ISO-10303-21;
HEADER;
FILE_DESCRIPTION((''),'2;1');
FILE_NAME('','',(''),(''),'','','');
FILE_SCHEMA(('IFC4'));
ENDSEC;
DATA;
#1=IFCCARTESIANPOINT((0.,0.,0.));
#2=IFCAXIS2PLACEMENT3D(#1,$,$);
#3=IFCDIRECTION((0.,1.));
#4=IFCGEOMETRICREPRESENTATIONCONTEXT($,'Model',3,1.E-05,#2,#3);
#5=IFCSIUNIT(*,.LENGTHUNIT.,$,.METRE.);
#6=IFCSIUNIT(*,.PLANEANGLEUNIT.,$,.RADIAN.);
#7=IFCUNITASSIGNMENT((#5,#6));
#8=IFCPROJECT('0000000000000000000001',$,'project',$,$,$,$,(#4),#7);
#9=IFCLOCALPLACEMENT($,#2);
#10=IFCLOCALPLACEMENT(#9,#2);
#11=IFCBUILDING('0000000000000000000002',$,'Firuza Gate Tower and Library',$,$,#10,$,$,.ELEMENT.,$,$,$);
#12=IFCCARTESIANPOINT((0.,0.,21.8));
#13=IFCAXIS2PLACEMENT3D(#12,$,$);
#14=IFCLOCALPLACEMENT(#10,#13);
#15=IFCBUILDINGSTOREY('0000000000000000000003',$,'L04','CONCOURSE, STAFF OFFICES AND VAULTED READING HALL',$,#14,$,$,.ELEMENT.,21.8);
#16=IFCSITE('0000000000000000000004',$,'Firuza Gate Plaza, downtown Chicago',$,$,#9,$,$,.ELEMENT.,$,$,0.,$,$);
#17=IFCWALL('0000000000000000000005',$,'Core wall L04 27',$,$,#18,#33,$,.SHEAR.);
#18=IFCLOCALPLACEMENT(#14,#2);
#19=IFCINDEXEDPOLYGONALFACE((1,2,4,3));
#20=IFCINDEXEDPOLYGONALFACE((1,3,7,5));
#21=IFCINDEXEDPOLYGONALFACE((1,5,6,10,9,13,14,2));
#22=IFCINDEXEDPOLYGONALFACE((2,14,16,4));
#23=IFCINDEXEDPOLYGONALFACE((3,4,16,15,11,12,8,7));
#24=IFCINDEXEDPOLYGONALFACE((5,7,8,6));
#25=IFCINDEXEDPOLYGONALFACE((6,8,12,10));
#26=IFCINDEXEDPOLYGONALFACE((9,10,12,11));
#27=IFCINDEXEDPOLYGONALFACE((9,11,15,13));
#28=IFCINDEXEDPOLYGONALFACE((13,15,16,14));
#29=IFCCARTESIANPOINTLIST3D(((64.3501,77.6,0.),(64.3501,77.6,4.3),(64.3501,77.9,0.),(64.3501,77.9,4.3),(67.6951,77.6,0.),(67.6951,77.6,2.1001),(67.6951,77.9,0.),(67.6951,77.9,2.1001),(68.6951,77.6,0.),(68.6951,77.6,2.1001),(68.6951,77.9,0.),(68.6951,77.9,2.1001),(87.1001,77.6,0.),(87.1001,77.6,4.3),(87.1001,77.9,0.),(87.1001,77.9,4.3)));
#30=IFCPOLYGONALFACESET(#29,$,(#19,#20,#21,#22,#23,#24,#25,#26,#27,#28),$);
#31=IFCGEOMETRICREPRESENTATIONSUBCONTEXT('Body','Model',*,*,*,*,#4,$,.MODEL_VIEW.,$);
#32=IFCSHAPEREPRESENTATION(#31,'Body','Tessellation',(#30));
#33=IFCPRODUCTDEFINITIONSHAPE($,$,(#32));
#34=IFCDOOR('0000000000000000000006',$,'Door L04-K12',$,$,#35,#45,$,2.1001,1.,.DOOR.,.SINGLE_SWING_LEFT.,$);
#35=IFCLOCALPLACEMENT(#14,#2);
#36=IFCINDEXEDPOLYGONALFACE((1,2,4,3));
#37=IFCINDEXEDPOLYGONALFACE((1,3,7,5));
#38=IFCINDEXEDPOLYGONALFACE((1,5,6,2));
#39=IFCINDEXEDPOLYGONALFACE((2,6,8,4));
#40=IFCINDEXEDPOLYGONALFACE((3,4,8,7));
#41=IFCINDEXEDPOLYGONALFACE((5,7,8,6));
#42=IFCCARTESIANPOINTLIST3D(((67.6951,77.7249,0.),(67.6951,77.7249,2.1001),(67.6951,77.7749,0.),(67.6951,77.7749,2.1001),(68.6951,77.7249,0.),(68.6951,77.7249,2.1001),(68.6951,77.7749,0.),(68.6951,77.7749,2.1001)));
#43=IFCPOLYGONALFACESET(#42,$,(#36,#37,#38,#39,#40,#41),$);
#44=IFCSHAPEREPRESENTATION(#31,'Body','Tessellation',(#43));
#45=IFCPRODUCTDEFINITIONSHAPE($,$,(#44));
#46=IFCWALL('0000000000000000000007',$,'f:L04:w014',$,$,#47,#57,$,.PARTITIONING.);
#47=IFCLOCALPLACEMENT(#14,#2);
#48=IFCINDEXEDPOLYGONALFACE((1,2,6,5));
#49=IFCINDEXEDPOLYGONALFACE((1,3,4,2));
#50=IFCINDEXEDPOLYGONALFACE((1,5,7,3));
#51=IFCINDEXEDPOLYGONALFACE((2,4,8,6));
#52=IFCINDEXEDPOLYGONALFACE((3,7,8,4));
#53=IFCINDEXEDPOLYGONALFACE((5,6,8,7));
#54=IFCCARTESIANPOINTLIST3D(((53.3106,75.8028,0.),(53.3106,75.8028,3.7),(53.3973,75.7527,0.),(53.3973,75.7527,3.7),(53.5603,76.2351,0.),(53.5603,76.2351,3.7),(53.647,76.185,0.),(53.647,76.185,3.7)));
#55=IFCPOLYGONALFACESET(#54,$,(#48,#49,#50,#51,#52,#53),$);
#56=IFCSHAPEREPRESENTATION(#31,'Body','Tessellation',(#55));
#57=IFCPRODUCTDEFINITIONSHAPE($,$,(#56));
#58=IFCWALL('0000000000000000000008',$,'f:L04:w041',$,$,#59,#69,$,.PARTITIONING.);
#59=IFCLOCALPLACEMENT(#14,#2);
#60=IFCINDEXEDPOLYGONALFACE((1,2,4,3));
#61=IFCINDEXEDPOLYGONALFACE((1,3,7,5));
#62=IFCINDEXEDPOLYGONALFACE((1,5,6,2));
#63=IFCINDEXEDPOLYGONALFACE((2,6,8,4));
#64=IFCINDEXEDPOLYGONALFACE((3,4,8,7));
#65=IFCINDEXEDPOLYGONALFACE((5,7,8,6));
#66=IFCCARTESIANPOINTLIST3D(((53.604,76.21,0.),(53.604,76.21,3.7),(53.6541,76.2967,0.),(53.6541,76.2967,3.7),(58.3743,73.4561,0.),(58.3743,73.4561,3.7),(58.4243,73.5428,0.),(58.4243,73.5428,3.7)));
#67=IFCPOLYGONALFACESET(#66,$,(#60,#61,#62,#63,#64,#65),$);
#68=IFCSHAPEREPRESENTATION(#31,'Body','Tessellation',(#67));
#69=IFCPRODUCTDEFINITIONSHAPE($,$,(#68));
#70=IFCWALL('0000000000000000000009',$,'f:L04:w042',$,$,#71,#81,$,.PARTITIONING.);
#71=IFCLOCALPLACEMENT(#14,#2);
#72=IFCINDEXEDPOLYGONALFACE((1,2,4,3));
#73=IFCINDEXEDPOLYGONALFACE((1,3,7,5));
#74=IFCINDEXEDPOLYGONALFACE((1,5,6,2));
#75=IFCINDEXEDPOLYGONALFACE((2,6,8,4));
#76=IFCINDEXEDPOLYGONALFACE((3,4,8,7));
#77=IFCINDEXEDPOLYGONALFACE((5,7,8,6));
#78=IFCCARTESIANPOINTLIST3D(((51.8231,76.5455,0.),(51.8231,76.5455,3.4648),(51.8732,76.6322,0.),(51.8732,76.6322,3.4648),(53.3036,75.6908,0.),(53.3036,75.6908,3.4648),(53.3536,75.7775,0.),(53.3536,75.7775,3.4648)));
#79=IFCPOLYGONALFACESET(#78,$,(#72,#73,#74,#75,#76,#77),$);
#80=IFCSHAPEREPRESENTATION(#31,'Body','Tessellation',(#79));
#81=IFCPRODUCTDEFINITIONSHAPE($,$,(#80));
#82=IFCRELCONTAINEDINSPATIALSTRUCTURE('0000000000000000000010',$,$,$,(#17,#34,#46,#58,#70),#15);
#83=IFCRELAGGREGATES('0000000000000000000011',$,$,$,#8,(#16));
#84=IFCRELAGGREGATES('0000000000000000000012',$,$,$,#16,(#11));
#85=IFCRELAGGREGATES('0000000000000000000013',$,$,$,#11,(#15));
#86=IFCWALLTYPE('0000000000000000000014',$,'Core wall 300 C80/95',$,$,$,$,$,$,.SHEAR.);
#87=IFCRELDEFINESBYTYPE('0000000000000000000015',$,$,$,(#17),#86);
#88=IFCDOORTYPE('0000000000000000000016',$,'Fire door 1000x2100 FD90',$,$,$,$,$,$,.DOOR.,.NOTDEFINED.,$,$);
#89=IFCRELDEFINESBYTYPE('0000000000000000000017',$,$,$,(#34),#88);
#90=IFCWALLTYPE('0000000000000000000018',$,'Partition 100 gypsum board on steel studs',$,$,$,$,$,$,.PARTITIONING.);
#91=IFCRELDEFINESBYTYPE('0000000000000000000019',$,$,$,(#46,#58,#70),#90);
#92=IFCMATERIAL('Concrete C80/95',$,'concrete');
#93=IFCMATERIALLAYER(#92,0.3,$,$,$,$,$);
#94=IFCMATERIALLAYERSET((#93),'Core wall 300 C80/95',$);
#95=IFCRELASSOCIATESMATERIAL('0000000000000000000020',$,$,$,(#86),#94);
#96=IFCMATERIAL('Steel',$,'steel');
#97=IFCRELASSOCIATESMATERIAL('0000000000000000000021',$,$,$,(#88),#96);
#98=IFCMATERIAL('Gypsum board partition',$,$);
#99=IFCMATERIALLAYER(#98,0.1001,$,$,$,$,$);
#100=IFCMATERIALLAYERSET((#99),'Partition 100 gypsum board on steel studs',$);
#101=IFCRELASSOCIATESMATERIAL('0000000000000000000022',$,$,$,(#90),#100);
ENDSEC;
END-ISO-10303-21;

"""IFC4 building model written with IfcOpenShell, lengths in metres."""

from ifc_helpers import new_model, si_unit, direction, frame, frame_2d, origin, place, context, subcontext, project, spatial, rectangle, extrude, material, layer, layer_set, type_object, element, fill, save


model = new_model("IFC4")

# Units and contexts
model_context = context("Model", 3, precision=1e-05, world=origin(), true_north=direction((0.0, 1.0)))
body_context = subcontext(model_context, "Body", "Model", "MODEL_VIEW")
ifc_project = project(units=[si_unit("LENGTHUNIT", "METRE"), si_unit("PLANEANGLEUNIT", "RADIAN")], contexts=[model_context])

# Site, building, storey
site_placement = place(None, origin())
site = spatial("IfcSite", under=ifc_project, at=site_placement, Name="Firuza Gate Plaza, downtown Chicago", CompositionType="ELEMENT", RefElevation=0.0)
building_placement = place(site_placement, origin())
building = spatial("IfcBuilding", under=site, at=building_placement, Name="Firuza Gate Tower and Library", CompositionType="ELEMENT")
storey_placement = place(building_placement, frame((0.0, 0.0, 21.8)))
storey = spatial("IfcBuildingStorey", under=building, at=storey_placement, Name="L04", Description="CONCOURSE, STAFF OFFICES AND VAULTED READING HALL", CompositionType="ELEMENT", Elevation=21.8)

# Shared definitions
ifc_material_1 = material(Name="Concrete C80/95", Category="concrete")
ifc_layer_1 = layer(ifc_material_1, 0.3)
ifc_layer_set_1 = layer_set([ifc_layer_1], Name="Core wall 300 C80/95")
wall_type_1 = type_object("IfcWallType", Name="Core wall 300 C80/95", PredefinedType="SHEAR", material=ifc_layer_set_1)

# Wall, opening, door
wall_1_placement = place(storey_placement, frame((64.3501, 77.75, 0.0), z_axis=(0.0, 0.0, 1.0), x_axis=(1.0, 0.0, 0.0)))
wall_1 = element("IfcWall", 1, at=wall_1_placement, inside=storey, type_object=wall_type_1, Name="Core wall L04 27", PredefinedType="SHEAR", context=body_context, shape_type="SweptSolid", body=[
    extrude(rectangle(XDim=22.75, YDim=0.3, at=frame_2d((11.375, 0.0))), origin(), (0.0, 0.0, 1.0), 4.3),
])
opening_placement = place(wall_1_placement, frame((3.345, 0.0, 0.0)))
opening = element("IfcOpeningElement", 2, at=opening_placement, cuts=wall_1, PredefinedType="OPENING", context=body_context, shape_type="SweptSolid", body=[
    extrude(rectangle(XDim=1.0, YDim=2.1001, at=frame_2d((0.5, 1.05))), frame((0.0, 0.1602, 0.0), z_axis=(0.0, -1.0, 0.0), x_axis=(1.0, 0.0, 0.0)), (0.0, 0.0, 1.0), 0.3201),
])
ifc_material_2 = material(Name="Steel", Category="steel")
door_type = type_object("IfcDoorType", Name="Fire door 1000x2100 FD90", OperationType="NOTDEFINED", PredefinedType="DOOR", material=ifc_material_2)
door_placement = place(opening_placement, origin())
door = element("IfcDoor", 3, at=door_placement, inside=storey, type_object=door_type, Name="Door L04-K12", OperationType="SINGLE_SWING_LEFT", OverallHeight=2.1001, OverallWidth=1.0, PredefinedType="DOOR", context=body_context, shape_type="SweptSolid", body=[
    extrude(rectangle(XDim=1.0, YDim=2.1001, at=frame_2d((0.5, 1.05))), frame((0.0, 0.0249, 0.0), z_axis=(0.0, -1.0, 0.0), x_axis=(1.0, 0.0, 0.0)), (0.0, 0.0, 1.0), 0.05),
])
fill(opening, door)

# Walls
ifc_material_3 = material(Name="Gypsum board partition")
ifc_layer_2 = layer(ifc_material_3, 0.1001)
ifc_layer_set_2 = layer_set([ifc_layer_2], Name="Partition 100 gypsum board on steel studs")
wall_type_2 = type_object("IfcWallType", Name="Partition 100 gypsum board on steel studs", PredefinedType="PARTITIONING", material=ifc_layer_set_2)
wall_2_placement = place(storey_placement, frame((53.354, 75.7778, 0.0), z_axis=(0.0, 0.0, 1.0), x_axis=(0.500188, 0.865917, 0.0)))
element("IfcWall", 4, at=wall_2_placement, inside=storey, type_object=wall_type_2, Name="f:L04:w014", PredefinedType="PARTITIONING", context=body_context, shape_type="SweptSolid", body=[
    extrude(rectangle(XDim=0.4993, YDim=0.1001, at=frame_2d((0.2495, 0.0))), origin(), (0.0, 0.0, 1.0), 3.7),
])
wall_3_placement = place(storey_placement, frame((58.3992, 73.4995, 0.0), z_axis=(0.0, 0.0, 1.0), x_axis=(-0.866042, 0.499972, 0.0)))
element("IfcWall", 5, at=wall_3_placement, inside=storey, type_object=wall_type_2, Name="f:L04:w041", PredefinedType="PARTITIONING", context=body_context, shape_type="SweptSolid", body=[
    extrude(rectangle(XDim=5.5081, YDim=0.1001, at=frame_2d((2.7539, 0.0))), origin(), (0.0, 0.0, 1.0), 3.7),
])
wall_4_placement = place(storey_placement, frame((53.3286, 75.7341, 0.0), z_axis=(0.0, 0.0, 1.0), x_axis=(-0.866029, 0.499994, 0.0)))
element("IfcWall", 6, at=wall_4_placement, inside=storey, type_object=wall_type_2, Name="f:L04:w042", PredefinedType="PARTITIONING", context=body_context, shape_type="SweptSolid", body=[
    extrude(rectangle(XDim=1.7095, YDim=0.1001, at=frame_2d((0.8547, 0.0))), origin(), (0.0, 0.0, 1.0), 3.4648),
])

save(model, "model.ifc")
